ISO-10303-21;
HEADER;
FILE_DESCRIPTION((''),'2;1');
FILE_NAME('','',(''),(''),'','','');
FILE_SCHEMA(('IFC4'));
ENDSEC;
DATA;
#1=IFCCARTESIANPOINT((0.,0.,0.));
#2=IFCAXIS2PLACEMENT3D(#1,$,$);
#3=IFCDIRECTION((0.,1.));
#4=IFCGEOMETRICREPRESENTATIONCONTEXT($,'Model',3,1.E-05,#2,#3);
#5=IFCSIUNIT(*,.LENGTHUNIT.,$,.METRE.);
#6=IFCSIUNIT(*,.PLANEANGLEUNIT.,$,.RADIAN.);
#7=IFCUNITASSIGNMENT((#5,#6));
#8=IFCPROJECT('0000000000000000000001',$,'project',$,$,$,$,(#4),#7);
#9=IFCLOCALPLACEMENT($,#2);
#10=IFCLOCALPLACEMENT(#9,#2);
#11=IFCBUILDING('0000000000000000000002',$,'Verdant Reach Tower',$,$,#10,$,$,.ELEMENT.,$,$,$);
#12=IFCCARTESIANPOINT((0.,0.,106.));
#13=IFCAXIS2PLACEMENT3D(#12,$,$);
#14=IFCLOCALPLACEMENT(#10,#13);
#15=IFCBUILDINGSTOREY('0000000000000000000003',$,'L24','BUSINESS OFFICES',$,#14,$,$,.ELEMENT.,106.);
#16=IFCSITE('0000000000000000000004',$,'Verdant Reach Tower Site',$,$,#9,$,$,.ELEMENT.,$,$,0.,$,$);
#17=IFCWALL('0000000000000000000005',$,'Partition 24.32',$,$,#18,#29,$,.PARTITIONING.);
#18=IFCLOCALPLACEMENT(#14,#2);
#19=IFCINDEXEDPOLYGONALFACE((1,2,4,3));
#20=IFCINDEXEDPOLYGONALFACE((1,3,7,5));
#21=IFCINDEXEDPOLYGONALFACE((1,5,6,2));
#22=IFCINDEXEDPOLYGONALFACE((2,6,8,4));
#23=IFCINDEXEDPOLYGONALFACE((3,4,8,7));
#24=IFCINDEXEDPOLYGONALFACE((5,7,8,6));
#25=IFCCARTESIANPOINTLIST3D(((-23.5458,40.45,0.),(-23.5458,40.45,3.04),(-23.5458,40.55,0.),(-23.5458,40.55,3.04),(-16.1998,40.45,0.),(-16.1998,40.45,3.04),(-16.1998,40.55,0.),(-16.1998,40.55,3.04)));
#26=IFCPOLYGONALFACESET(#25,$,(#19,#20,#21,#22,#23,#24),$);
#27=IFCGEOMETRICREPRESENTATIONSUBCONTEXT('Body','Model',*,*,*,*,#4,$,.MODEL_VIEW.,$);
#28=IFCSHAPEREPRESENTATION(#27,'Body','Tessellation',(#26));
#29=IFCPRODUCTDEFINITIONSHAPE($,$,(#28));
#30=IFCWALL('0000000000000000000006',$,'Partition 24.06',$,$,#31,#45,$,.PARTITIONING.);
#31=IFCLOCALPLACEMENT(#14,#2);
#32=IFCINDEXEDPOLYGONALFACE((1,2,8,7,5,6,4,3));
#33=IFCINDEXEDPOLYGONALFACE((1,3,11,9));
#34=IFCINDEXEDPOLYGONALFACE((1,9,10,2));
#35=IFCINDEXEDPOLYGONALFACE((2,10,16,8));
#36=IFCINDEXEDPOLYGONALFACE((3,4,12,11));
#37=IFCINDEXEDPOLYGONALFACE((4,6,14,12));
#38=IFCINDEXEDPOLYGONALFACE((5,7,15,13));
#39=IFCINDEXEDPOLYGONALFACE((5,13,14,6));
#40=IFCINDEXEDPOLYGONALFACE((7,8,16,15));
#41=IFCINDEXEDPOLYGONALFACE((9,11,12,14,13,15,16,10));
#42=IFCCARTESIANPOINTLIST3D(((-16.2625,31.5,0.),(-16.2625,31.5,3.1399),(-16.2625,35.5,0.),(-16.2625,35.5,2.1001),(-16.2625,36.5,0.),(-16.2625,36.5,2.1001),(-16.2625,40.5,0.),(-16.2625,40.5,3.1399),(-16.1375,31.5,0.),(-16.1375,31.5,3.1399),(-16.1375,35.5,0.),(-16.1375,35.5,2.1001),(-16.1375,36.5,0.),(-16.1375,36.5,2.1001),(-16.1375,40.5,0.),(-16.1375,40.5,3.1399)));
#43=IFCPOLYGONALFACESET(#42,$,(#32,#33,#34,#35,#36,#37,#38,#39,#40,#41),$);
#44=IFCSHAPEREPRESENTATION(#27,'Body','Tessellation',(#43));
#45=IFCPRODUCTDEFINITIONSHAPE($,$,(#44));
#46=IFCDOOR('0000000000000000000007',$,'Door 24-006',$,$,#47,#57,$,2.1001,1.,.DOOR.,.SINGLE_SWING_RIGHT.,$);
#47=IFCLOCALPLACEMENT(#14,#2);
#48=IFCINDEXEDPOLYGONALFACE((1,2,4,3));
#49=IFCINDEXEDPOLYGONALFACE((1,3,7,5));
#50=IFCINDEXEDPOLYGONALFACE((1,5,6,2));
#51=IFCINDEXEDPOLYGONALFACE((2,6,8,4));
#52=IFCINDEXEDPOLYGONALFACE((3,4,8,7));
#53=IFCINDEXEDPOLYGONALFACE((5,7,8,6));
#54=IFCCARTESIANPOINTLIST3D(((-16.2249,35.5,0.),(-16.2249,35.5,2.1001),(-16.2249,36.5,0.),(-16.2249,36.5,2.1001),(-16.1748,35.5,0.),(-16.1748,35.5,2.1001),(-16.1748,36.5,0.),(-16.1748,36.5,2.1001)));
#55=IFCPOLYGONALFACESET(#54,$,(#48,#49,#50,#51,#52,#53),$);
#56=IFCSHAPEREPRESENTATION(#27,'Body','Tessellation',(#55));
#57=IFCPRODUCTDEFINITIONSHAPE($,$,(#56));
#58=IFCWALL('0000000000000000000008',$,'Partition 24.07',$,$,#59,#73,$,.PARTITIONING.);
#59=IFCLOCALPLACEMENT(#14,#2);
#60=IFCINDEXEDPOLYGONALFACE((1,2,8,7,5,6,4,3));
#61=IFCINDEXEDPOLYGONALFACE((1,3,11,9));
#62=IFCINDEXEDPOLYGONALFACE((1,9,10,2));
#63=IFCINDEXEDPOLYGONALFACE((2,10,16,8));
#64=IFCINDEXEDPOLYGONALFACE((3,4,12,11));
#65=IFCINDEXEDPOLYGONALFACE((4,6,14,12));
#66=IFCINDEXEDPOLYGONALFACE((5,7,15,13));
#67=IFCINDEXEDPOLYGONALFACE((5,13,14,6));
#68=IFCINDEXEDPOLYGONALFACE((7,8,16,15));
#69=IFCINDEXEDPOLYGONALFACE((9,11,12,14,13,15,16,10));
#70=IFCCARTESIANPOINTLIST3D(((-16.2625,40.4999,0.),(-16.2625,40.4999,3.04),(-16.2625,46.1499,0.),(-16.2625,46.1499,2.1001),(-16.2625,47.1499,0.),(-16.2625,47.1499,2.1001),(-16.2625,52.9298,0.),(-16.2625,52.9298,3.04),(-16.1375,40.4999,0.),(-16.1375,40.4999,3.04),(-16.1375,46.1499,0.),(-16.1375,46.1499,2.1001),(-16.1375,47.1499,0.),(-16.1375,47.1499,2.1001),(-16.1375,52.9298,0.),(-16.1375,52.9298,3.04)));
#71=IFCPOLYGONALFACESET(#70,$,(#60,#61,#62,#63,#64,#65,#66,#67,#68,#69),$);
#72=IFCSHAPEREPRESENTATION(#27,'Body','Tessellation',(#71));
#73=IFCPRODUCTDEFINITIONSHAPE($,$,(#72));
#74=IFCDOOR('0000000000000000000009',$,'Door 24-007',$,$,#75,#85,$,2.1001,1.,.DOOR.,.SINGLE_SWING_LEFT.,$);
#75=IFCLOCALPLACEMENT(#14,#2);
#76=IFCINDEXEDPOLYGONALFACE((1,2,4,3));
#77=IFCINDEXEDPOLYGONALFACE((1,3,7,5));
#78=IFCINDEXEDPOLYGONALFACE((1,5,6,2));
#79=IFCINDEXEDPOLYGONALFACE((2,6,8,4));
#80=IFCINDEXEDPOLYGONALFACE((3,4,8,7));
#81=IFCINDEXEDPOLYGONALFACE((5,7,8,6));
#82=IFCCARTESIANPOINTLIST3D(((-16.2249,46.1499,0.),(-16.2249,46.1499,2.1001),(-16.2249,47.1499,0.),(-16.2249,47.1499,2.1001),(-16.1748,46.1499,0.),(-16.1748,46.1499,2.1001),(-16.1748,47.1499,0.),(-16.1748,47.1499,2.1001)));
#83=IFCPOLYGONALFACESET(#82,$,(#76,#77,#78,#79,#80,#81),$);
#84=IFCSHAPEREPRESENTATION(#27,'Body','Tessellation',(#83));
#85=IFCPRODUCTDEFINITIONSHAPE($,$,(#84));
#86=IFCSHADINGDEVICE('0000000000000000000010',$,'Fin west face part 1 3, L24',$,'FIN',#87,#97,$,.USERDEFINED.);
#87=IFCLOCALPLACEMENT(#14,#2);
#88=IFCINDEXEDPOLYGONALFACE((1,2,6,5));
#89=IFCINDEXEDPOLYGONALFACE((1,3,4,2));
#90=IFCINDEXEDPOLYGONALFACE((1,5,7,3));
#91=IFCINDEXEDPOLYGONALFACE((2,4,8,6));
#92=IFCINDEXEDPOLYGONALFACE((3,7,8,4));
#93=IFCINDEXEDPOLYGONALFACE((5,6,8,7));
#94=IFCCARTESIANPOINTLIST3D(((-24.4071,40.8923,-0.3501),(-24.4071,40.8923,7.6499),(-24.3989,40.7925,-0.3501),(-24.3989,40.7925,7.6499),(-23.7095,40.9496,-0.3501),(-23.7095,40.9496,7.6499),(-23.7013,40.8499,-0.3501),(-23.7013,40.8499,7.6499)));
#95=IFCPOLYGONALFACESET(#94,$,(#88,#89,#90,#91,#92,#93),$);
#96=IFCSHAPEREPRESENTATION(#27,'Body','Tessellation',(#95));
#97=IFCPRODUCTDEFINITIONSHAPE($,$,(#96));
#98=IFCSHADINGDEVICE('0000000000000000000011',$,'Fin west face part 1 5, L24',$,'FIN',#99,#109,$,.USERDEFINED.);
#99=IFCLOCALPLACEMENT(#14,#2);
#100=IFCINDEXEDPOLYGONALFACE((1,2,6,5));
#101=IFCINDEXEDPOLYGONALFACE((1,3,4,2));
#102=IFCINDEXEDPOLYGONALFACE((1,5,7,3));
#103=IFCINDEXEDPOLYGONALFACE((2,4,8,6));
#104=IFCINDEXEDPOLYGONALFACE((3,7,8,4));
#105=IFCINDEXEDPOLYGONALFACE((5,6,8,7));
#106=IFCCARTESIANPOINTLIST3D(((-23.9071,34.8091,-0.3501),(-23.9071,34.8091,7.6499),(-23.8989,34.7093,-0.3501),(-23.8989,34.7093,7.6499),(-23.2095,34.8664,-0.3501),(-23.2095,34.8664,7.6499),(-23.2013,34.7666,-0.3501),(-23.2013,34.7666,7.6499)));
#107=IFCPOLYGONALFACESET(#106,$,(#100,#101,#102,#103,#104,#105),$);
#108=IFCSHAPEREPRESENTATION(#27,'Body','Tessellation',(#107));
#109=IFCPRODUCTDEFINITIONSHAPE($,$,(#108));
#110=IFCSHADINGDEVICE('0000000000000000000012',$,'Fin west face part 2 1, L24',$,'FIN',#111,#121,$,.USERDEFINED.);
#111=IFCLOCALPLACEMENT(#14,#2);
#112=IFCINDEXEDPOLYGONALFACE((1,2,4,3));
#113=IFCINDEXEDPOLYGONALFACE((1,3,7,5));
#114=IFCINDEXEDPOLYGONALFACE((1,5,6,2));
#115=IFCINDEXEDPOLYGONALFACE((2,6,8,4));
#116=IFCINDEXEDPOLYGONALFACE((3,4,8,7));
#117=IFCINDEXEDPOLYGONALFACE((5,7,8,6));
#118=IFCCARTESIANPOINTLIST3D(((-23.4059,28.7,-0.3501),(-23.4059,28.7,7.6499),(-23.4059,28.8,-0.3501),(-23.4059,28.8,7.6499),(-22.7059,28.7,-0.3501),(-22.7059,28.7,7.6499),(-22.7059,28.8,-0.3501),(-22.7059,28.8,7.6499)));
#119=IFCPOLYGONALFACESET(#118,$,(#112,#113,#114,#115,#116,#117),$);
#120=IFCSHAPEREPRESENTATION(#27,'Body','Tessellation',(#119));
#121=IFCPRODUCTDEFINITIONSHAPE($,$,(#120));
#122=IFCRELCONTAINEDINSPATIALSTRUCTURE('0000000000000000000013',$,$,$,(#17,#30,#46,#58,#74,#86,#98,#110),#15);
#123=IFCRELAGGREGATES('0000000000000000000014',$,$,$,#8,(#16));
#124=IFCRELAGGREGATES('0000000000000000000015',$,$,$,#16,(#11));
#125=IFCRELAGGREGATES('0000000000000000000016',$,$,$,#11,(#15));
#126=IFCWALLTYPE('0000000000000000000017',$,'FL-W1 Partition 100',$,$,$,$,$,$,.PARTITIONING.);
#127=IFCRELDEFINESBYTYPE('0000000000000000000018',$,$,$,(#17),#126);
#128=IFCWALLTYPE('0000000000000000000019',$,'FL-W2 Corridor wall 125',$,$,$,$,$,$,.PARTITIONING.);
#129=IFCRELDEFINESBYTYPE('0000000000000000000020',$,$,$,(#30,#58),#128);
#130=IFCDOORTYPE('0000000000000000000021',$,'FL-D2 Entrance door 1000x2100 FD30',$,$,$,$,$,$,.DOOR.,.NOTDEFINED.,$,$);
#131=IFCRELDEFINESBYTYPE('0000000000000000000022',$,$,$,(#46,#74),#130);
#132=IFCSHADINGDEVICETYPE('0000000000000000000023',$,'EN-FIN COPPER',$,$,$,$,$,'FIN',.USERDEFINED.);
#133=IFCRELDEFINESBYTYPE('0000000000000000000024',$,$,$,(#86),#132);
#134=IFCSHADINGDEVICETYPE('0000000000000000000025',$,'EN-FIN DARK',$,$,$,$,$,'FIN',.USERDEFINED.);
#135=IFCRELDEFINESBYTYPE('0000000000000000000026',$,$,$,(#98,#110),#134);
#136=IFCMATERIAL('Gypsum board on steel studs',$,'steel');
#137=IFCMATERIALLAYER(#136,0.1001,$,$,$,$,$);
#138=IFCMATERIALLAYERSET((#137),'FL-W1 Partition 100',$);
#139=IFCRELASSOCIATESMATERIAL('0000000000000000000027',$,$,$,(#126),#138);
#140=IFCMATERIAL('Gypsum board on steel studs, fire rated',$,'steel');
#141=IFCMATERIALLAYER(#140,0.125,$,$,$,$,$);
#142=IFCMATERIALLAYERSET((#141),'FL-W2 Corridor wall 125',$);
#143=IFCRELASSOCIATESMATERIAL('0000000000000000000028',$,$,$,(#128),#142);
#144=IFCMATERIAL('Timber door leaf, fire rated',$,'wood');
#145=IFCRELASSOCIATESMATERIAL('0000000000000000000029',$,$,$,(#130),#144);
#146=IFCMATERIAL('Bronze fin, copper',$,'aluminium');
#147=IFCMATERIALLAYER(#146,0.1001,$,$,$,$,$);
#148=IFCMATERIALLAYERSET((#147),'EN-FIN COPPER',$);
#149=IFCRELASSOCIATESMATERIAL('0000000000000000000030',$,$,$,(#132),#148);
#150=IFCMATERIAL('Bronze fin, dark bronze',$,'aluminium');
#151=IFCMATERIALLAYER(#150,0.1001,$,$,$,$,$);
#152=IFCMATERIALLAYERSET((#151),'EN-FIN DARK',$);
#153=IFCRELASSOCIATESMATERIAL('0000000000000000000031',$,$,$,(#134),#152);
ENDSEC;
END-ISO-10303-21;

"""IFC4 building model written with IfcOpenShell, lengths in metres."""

from ifc_helpers import new_model, si_unit, direction, frame, frame_2d, origin, origin_2d, place, context, subcontext, project, spatial, rectangle, extrude, material, layer, layer_set, type_object, element, fill, save


model = new_model("IFC4")

# Units and contexts
model_context = context("Model", 3, precision=1e-05, world=origin(), true_north=direction((0.0, 1.0)))
body_context = subcontext(model_context, "Body", "Model", "MODEL_VIEW")
ifc_project = project(units=[si_unit("LENGTHUNIT", "METRE"), si_unit("PLANEANGLEUNIT", "RADIAN")], contexts=[model_context])

# Site, building, storey
site_placement = place(None, origin())
site = spatial("IfcSite", under=ifc_project, at=site_placement, Name="Verdant Reach Tower Site", CompositionType="ELEMENT", RefElevation=0.0)
building_placement = place(site_placement, origin())
building = spatial("IfcBuilding", under=site, at=building_placement, Name="Verdant Reach Tower", CompositionType="ELEMENT")
storey_placement = place(building_placement, frame((0.0, 0.0, 106.0)))
storey = spatial("IfcBuildingStorey", under=building, at=storey_placement, Name="L24", Description="BUSINESS OFFICES", CompositionType="ELEMENT", Elevation=106.0)

# Wall
ifc_material_1 = material(Name="Gypsum board on steel studs", Category="steel")
ifc_layer_1 = layer(ifc_material_1, 0.1001)
ifc_layer_set_1 = layer_set([ifc_layer_1], Name="FL-W1 Partition 100")
wall_type_1 = type_object("IfcWallType", Name="FL-W1 Partition 100", PredefinedType="PARTITIONING", material=ifc_layer_set_1)
wall_1_placement = place(storey_placement, frame((-16.2, 40.5, 0.0), z_axis=(0.0, 0.0, 1.0), x_axis=(-1.0, 0.0, 0.0)))
element("IfcWall", 1, at=wall_1_placement, inside=storey, type_object=wall_type_1, Name="Partition 24.32", PredefinedType="PARTITIONING", context=body_context, shape_type="SweptSolid", body=[
    extrude(rectangle(XDim=7.3459, YDim=0.1001, at=frame_2d((3.6729, 0.0))), origin(), (0.0, 0.0, 1.0), 3.04),
])

# Walls, openings, doors
ifc_material_2 = material(Name="Gypsum board on steel studs, fire rated", Category="steel")
ifc_layer_2 = layer(ifc_material_2, 0.125)
ifc_layer_set_2 = layer_set([ifc_layer_2], Name="FL-W2 Corridor wall 125")
wall_type_2 = type_object("IfcWallType", Name="FL-W2 Corridor wall 125", PredefinedType="PARTITIONING", material=ifc_layer_set_2)
wall_2_placement = place(storey_placement, frame((-16.2, 31.5, 0.0), z_axis=(0.0, 0.0, 1.0), x_axis=(0.0, 1.0, 0.0)))
wall_2 = element("IfcWall", 2, at=wall_2_placement, inside=storey, type_object=wall_type_2, Name="Partition 24.06", PredefinedType="PARTITIONING", context=body_context, shape_type="SweptSolid", body=[
    extrude(rectangle(XDim=9.0, YDim=0.125, at=frame_2d((4.5, 0.0))), origin(), (0.0, 0.0, 1.0), 3.1399),
])
opening_1_placement = place(wall_2_placement, frame((4.0, 0.0, 0.0)))
opening_1 = element("IfcOpeningElement", 3, at=opening_1_placement, cuts=wall_2, PredefinedType="OPENING", context=body_context, shape_type="SweptSolid", body=[
    extrude(rectangle(XDim=1.0, YDim=2.1001, at=frame_2d((0.5, 1.05))), frame((0.0, 0.0725, 0.0), z_axis=(0.0, -1.0, 0.0), x_axis=(1.0, 0.0, 0.0)), (0.0, 0.0, 1.0), 0.145),
])
ifc_material_3 = material(Name="Timber door leaf, fire rated", Category="wood")
door_type = type_object("IfcDoorType", Name="FL-D2 Entrance door 1000x2100 FD30", OperationType="NOTDEFINED", PredefinedType="DOOR", material=ifc_material_3)
door_1_placement = place(opening_1_placement, origin())
door_1 = element("IfcDoor", 4, at=door_1_placement, inside=storey, type_object=door_type, Name="Door 24-006", OperationType="SINGLE_SWING_RIGHT", OverallHeight=2.1001, OverallWidth=1.0, PredefinedType="DOOR", context=body_context, shape_type="SweptSolid", body=[
    extrude(rectangle(XDim=1.0, YDim=2.1001, at=frame_2d((0.5, 1.05))), frame((0.0, 0.0249, 0.0), z_axis=(0.0, -1.0, 0.0), x_axis=(1.0, 0.0, 0.0)), (0.0, 0.0, 1.0), 0.05),
])
fill(opening_1, door_1)
wall_3_placement = place(storey_placement, frame((-16.2, 40.5, 0.0), z_axis=(0.0, 0.0, 1.0), x_axis=(0.0, 1.0, 0.0)))
wall_3 = element("IfcWall", 5, at=wall_3_placement, inside=storey, type_object=wall_type_2, Name="Partition 24.07", PredefinedType="PARTITIONING", context=body_context, shape_type="SweptSolid", body=[
    extrude(rectangle(XDim=12.4299, YDim=0.125, at=frame_2d((6.2148, 0.0))), origin(), (0.0, 0.0, 1.0), 3.04),
])
opening_2_placement = place(wall_3_placement, frame((5.6499, 0.0, 0.0)))
opening_2 = element("IfcOpeningElement", 6, at=opening_2_placement, cuts=wall_3, PredefinedType="OPENING", context=body_context, shape_type="SweptSolid", body=[
    extrude(rectangle(XDim=1.0, YDim=2.1001, at=frame_2d((0.5, 1.05))), frame((0.0, 0.0725, 0.0), z_axis=(0.0, -1.0, 0.0), x_axis=(1.0, 0.0, 0.0)), (0.0, 0.0, 1.0), 0.145),
])
door_2_placement = place(opening_2_placement, origin())
door_2 = element("IfcDoor", 7, at=door_2_placement, inside=storey, type_object=door_type, Name="Door 24-007", OperationType="SINGLE_SWING_LEFT", OverallHeight=2.1001, OverallWidth=1.0, PredefinedType="DOOR", context=body_context, shape_type="SweptSolid", body=[
    extrude(rectangle(XDim=1.0, YDim=2.1001, at=frame_2d((0.5, 1.05))), frame((0.0, 0.0249, 0.0), z_axis=(0.0, -1.0, 0.0), x_axis=(1.0, 0.0, 0.0)), (0.0, 0.0, 1.0), 0.05),
])
fill(opening_2, door_2)

# Shading devices
ifc_material_4 = material(Name="Bronze fin, copper", Category="aluminium")
ifc_layer_3 = layer(ifc_material_4, 0.1001)
ifc_layer_set_3 = layer_set([ifc_layer_3], Name="EN-FIN COPPER")
shading_device_type_1 = type_object("IfcShadingDeviceType", Name="EN-FIN COPPER", ElementType="FIN", PredefinedType="USERDEFINED", material=ifc_layer_set_3)
shading_device_placement = place(storey_placement, frame((-24.0542, 40.8711, -0.3501), z_axis=(0.0, 0.0, 1.0), x_axis=(0.081916, -0.996639, 0.0)))
element("IfcShadingDevice", 8, at=shading_device_placement, inside=storey, type_object=shading_device_type_1, Name="Fin west face part 1 3, L24", ObjectType="FIN", PredefinedType="USERDEFINED", context=body_context, shape_type="SweptSolid", body=[
    extrude(rectangle(XDim=0.1001, YDim=0.7, at=origin_2d()), origin(), (0.0, 0.0, 1.0), 8.0),
])
ifc_material_5 = material(Name="Bronze fin, dark bronze", Category="aluminium")
ifc_layer_4 = layer(ifc_material_5, 0.1001)
ifc_layer_set_4 = layer_set([ifc_layer_4], Name="EN-FIN DARK")
shading_device_type_2 = type_object("IfcShadingDeviceType", Name="EN-FIN DARK", ElementType="FIN", PredefinedType="USERDEFINED", material=ifc_layer_set_4)
for number, where, z_axis, x_axis, name in (
    (9, (-23.5542, 34.7878, -0.3501), (0.0, 0.0, 1.0), (0.081916, -0.996639, 0.0), "Fin west face part 1 5, L24"),
    (10, (-23.0559, 28.75, -0.3501), (0.0, 0.0, 1.0), (0.0, -1.0, 0.0), "Fin west face part 2 1, L24"),
):
    element("IfcShadingDevice", number, at=place(storey_placement, frame(where, z_axis=z_axis, x_axis=x_axis)), inside=storey, type_object=shading_device_type_2, Name=name, ObjectType="FIN", PredefinedType="USERDEFINED", context=body_context, shape_type="SweptSolid", body=[
        extrude(rectangle(XDim=0.1001, YDim=0.7, at=origin_2d()), origin(), (0.0, 0.0, 1.0), 8.0),
    ])

save(model, "model.ifc")
